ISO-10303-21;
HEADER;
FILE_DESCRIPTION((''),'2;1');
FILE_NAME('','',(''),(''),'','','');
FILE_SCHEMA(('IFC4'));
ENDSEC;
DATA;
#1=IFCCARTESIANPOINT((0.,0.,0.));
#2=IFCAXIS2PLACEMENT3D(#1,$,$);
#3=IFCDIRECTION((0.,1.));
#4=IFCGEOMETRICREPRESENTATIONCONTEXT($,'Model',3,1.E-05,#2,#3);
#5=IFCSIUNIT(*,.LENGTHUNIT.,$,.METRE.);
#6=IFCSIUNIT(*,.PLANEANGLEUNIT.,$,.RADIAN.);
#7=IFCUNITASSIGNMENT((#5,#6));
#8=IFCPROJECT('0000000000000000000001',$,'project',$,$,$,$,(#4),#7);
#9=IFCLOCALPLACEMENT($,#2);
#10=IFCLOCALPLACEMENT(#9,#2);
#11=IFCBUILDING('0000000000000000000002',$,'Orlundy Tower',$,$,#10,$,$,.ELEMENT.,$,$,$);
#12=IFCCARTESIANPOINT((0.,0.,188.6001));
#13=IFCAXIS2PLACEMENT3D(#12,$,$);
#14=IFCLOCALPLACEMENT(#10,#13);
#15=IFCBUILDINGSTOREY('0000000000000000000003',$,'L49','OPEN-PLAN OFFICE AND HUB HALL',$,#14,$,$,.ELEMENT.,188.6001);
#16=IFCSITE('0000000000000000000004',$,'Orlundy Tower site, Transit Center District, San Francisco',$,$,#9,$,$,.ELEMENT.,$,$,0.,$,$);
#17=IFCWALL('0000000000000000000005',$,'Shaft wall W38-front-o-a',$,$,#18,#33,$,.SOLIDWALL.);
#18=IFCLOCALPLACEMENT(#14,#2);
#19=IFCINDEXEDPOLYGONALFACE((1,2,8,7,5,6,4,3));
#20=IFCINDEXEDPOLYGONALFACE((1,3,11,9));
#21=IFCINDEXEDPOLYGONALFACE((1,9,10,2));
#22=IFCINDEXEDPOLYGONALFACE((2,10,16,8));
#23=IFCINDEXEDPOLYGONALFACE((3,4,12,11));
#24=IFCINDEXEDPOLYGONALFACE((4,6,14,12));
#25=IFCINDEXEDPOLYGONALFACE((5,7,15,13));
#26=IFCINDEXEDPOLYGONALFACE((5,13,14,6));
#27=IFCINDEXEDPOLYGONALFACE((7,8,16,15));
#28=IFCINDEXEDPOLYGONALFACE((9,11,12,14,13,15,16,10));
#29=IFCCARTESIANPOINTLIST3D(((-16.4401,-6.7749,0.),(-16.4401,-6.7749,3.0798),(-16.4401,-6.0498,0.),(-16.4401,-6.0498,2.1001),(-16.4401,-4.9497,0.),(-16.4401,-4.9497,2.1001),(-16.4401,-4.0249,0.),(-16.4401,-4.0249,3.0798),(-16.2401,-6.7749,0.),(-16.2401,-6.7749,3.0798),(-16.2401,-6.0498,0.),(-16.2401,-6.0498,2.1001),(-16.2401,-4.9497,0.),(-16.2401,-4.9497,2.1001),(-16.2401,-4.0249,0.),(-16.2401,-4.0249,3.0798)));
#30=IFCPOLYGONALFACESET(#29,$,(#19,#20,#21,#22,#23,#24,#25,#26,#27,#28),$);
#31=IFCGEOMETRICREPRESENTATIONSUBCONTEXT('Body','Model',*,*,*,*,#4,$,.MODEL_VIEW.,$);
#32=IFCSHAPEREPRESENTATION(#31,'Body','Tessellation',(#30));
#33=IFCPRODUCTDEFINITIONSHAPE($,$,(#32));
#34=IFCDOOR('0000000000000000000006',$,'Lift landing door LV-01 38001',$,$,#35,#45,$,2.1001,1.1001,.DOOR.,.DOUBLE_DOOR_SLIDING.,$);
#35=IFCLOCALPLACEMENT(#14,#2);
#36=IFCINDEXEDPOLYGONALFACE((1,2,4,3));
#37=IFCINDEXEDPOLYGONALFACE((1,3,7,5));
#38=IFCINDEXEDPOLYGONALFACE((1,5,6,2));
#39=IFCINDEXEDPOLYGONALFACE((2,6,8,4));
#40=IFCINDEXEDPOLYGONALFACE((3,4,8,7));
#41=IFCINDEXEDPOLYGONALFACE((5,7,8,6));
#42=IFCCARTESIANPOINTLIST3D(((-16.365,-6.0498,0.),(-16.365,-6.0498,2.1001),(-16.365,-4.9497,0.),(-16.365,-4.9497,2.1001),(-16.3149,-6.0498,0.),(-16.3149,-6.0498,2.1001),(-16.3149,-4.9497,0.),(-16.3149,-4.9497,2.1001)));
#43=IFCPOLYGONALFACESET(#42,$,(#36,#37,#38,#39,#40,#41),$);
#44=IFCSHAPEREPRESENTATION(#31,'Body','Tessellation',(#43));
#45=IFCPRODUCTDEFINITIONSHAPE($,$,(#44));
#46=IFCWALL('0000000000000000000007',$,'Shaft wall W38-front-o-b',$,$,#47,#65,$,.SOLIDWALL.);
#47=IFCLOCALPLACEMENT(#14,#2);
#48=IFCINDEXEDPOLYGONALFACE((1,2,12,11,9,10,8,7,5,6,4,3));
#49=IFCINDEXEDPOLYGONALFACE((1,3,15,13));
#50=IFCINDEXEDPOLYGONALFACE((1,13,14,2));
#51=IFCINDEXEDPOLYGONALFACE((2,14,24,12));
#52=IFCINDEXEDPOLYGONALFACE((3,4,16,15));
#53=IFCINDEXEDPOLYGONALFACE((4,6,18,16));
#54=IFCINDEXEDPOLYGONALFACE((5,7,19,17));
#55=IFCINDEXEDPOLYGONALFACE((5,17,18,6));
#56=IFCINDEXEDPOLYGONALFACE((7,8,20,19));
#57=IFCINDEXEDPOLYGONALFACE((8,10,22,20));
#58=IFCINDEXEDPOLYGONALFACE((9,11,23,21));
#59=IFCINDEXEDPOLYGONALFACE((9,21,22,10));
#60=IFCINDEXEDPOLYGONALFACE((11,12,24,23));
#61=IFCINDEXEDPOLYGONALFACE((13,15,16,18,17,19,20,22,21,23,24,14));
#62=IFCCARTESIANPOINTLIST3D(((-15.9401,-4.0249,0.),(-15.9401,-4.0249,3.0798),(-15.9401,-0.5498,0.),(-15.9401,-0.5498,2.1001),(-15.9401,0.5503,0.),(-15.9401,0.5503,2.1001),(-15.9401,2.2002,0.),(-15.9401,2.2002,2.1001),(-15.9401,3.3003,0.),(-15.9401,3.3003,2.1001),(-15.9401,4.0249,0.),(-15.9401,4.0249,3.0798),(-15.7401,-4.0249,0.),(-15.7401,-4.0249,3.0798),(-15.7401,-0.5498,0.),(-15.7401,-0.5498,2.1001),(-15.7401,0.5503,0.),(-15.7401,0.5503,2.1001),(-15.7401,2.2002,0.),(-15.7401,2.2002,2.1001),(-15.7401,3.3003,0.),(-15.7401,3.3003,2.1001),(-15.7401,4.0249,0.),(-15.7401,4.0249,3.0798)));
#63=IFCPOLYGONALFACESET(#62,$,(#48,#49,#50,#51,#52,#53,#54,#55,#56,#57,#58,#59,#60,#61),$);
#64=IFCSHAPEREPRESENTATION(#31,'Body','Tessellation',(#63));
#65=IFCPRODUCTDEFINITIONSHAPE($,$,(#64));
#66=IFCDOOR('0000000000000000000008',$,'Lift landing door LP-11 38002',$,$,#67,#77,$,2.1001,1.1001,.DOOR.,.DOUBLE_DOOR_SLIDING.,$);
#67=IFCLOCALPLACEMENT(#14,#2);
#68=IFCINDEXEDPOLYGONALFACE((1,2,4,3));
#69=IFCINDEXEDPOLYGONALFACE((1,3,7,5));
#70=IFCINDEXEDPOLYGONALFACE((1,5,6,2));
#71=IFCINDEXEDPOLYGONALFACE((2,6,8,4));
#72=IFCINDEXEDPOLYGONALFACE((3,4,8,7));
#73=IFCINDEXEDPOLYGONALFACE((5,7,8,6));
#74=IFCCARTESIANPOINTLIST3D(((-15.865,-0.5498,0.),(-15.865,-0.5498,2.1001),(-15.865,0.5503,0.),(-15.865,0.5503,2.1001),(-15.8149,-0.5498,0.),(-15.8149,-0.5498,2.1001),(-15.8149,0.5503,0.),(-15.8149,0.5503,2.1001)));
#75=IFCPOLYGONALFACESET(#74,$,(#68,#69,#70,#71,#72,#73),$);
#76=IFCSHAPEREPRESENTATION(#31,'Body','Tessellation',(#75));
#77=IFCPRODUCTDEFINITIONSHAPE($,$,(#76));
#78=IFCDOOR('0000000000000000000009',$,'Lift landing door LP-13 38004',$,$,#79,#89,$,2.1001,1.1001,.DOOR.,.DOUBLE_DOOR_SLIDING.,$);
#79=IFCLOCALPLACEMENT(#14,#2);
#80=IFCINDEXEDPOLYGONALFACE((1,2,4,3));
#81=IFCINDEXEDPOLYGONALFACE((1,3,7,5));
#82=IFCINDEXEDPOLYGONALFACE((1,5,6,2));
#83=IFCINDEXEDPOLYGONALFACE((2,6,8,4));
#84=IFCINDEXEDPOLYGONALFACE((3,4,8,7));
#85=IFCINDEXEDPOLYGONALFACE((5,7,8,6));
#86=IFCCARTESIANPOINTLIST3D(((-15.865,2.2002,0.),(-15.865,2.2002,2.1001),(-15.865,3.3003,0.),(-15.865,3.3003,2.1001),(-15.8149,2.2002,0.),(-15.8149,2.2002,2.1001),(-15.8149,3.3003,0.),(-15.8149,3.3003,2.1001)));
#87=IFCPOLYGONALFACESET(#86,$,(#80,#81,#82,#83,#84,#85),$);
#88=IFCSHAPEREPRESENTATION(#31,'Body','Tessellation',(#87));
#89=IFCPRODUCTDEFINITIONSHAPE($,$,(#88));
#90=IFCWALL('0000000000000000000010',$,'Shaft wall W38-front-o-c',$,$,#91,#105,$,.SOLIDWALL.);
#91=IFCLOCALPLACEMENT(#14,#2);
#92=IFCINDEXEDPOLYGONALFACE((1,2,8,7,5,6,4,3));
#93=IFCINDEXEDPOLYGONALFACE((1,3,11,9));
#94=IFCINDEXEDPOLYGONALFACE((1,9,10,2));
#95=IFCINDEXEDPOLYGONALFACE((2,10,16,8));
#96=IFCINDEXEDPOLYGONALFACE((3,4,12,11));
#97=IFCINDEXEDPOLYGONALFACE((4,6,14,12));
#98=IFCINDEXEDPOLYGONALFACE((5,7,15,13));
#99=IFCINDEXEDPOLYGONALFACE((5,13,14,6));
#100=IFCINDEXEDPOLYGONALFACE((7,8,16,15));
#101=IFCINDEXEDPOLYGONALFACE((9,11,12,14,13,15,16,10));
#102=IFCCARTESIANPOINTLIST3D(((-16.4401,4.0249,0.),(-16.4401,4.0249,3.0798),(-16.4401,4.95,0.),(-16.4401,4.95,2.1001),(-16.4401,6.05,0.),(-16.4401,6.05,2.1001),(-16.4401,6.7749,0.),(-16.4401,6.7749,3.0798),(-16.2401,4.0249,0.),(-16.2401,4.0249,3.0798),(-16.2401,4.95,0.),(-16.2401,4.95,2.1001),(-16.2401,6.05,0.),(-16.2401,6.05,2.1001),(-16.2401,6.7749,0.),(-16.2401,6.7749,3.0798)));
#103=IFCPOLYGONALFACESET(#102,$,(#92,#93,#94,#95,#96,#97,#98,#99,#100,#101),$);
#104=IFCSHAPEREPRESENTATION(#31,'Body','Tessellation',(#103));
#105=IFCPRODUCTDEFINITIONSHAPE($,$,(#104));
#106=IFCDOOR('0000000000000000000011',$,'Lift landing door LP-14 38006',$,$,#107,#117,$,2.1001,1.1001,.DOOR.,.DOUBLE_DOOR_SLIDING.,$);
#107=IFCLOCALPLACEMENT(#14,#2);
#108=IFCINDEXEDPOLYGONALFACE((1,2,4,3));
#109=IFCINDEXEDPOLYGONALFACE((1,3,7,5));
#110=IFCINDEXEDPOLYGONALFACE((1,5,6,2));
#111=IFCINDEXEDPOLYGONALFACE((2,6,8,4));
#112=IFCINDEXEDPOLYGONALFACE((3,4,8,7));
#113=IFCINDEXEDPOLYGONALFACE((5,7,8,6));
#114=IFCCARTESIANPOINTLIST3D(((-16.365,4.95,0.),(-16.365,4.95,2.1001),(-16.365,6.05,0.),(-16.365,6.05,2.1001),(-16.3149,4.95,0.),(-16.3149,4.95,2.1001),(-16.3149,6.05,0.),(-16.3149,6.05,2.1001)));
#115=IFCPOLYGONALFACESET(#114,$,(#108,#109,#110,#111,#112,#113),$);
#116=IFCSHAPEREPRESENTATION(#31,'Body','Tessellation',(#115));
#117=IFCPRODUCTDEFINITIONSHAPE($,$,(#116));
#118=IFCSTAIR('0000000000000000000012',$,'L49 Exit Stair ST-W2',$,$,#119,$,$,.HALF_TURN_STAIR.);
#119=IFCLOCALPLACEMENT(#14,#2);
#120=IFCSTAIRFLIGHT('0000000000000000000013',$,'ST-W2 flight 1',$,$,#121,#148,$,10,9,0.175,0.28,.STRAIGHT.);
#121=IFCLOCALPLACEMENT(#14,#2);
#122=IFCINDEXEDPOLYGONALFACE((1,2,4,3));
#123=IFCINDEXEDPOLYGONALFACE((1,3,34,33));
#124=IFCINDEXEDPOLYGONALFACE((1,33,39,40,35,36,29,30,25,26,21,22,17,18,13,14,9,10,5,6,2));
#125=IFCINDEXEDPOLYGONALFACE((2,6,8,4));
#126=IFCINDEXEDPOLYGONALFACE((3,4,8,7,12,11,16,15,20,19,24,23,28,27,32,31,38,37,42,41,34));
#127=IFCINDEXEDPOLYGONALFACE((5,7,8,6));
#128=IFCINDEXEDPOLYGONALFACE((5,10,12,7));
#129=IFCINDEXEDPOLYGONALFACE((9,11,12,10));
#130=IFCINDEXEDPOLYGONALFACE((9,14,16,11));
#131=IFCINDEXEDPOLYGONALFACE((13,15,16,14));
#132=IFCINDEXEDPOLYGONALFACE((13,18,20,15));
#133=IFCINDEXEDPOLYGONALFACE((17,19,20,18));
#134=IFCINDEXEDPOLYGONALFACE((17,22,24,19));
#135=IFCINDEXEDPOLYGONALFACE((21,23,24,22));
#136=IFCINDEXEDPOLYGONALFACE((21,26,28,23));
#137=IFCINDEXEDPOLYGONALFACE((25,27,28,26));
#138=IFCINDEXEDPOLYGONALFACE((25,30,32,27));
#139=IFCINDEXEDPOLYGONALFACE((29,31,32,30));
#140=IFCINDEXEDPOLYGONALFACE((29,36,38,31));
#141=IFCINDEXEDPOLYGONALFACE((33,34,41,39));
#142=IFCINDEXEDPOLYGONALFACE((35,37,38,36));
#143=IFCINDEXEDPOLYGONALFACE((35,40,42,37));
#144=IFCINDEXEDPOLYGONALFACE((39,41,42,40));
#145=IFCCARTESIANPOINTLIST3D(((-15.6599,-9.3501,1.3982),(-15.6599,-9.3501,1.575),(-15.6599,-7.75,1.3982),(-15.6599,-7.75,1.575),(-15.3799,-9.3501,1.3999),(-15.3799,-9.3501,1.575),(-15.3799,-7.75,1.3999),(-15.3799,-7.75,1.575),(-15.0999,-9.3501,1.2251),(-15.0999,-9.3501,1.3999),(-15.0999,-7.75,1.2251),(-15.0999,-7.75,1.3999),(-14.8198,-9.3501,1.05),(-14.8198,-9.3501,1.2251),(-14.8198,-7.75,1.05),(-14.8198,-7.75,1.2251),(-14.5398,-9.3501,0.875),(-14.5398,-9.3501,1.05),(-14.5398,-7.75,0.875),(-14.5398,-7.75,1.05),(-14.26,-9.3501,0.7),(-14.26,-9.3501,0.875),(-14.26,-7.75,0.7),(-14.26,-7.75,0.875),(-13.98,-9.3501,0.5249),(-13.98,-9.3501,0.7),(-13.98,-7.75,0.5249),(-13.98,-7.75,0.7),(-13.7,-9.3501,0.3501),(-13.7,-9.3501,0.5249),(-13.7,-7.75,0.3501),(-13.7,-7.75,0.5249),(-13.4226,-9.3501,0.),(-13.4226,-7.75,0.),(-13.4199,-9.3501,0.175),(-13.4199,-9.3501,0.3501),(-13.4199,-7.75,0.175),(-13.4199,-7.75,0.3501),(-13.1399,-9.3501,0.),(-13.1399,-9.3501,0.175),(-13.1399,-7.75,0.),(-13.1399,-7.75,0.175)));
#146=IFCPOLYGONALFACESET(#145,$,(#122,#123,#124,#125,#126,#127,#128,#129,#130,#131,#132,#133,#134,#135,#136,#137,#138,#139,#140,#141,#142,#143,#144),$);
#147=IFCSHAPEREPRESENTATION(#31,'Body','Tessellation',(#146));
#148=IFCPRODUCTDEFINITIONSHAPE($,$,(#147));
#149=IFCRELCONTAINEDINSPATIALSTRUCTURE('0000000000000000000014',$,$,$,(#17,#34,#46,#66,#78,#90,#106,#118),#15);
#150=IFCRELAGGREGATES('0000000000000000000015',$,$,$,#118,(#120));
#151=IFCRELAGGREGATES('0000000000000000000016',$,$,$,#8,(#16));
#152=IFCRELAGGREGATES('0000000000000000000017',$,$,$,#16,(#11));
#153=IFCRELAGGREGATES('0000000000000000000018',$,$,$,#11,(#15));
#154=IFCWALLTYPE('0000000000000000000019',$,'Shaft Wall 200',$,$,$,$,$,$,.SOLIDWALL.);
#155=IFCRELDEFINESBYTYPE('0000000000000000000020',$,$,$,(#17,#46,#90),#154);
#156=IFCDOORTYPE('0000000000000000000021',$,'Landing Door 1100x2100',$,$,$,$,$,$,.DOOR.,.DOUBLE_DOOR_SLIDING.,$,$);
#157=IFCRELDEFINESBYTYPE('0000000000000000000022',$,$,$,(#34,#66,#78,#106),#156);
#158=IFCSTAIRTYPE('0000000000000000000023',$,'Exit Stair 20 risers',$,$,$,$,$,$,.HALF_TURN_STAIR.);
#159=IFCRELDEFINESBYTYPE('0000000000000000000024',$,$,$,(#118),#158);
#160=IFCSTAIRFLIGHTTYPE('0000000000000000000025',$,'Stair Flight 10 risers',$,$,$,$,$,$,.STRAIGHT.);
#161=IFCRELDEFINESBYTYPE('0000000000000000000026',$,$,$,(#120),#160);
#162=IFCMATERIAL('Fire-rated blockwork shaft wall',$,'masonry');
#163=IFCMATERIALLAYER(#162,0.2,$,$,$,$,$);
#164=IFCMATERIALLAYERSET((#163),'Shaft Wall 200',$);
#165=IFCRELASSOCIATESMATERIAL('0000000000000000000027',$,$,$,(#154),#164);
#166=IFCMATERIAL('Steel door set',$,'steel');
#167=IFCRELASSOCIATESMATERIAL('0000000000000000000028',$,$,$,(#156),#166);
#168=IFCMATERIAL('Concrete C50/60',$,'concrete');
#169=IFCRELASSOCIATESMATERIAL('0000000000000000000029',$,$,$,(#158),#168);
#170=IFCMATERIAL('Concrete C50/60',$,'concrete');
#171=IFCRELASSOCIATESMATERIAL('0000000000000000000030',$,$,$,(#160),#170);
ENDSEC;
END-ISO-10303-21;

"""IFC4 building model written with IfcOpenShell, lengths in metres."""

from ifc_helpers import new_model, si_unit, direction, frame, frame_2d, origin, place, context, subcontext, project, spatial, polyline, rectangle, outline, extrude, material, layer, layer_set, type_object, element, fill, aggregate, save


model = new_model("IFC4")

# Units and contexts
model_context = context("Model", 3, precision=1e-05, world=origin(), true_north=direction((0.0, 1.0)))
body_context = subcontext(model_context, "Body", "Model", "MODEL_VIEW")
ifc_project = project(units=[si_unit("LENGTHUNIT", "METRE"), si_unit("PLANEANGLEUNIT", "RADIAN")], contexts=[model_context])

# Site, building, storey
site_placement = place(None, origin())
site = spatial("IfcSite", under=ifc_project, at=site_placement, Name="Orlundy Tower site, Transit Center District, San Francisco", CompositionType="ELEMENT", RefElevation=0.0)
building_placement = place(site_placement, origin())
building = spatial("IfcBuilding", under=site, at=building_placement, Name="Orlundy Tower", CompositionType="ELEMENT")
storey_placement = place(building_placement, frame((0.0, 0.0, 188.6001)))
storey = spatial("IfcBuildingStorey", under=building, at=storey_placement, Name="L49", Description="OPEN-PLAN OFFICE AND HUB HALL", CompositionType="ELEMENT", Elevation=188.6001)

# Shared definitions
ifc_material_1 = material(Name="Fire-rated blockwork shaft wall", Category="masonry")
ifc_layer_1 = layer(ifc_material_1, 0.2)
ifc_layer_set_1 = layer_set([ifc_layer_1], Name="Shaft Wall 200")
wall_type_1 = type_object("IfcWallType", Name="Shaft Wall 200", PredefinedType="SOLIDWALL", material=ifc_layer_set_1)

# Wall, opening, door
wall_1_placement = place(storey_placement, frame((-16.3401, -6.7749, 0.0), z_axis=(0.0, 0.0, 1.0), x_axis=(0.0, 1.0, 0.0)))
wall_1 = element("IfcWall", 1, at=wall_1_placement, inside=storey, type_object=wall_type_1, Name="Shaft wall W38-front-o-a", PredefinedType="SOLIDWALL", context=body_context, shape_type="SweptSolid", body=[
    extrude(rectangle(XDim=2.75, YDim=0.2, at=frame_2d((1.375, 0.0))), origin(), (0.0, 0.0, 1.0), 3.0798),
])
opening_1_placement = place(wall_1_placement, frame((0.7251, 0.0, 0.0)))
opening_1 = element("IfcOpeningElement", 2, at=opening_1_placement, cuts=wall_1, PredefinedType="OPENING", context=body_context, shape_type="SweptSolid", body=[
    extrude(rectangle(XDim=1.1001, YDim=2.1001, at=frame_2d((0.55, 1.05))), frame((0.0, 0.1101, 0.0), z_axis=(0.0, -1.0, 0.0), x_axis=(1.0, 0.0, 0.0)), (0.0, 0.0, 1.0), 0.2202),
])
ifc_material_2 = material(Name="Steel door set", Category="steel")
door_type_1 = type_object("IfcDoorType", Name="Landing Door 1100x2100", OperationType="DOUBLE_DOOR_SLIDING", PredefinedType="DOOR", material=ifc_material_2)
door_1_placement = place(opening_1_placement, origin())
door_1 = element("IfcDoor", 3, at=door_1_placement, inside=storey, type_object=door_type_1, Name="Lift landing door LV-01 38001", OperationType="DOUBLE_DOOR_SLIDING", OverallHeight=2.1001, OverallWidth=1.1001, PredefinedType="DOOR", context=body_context, shape_type="SweptSolid", body=[
    extrude(rectangle(XDim=1.1001, YDim=2.1001, at=frame_2d((0.55, 1.05))), frame((0.0, 0.0249, 0.0), z_axis=(0.0, -1.0, 0.0), x_axis=(1.0, 0.0, 0.0)), (0.0, 0.0, 1.0), 0.05),
])
fill(opening_1, door_1)

# Wall, openings, doors
wall_2_placement = place(storey_placement, frame((-15.8401, -4.0249, 0.0), z_axis=(0.0, 0.0, 1.0), x_axis=(0.0, 1.0, 0.0)))
wall_2 = element("IfcWall", 4, at=wall_2_placement, inside=storey, type_object=wall_type_1, Name="Shaft wall W38-front-o-b", PredefinedType="SOLIDWALL", context=body_context, shape_type="SweptSolid", body=[
    extrude(rectangle(XDim=8.0498, YDim=0.2, at=frame_2d((4.0249, 0.0))), origin(), (0.0, 0.0, 1.0), 3.0798),
])
opening_2_placement = place(wall_2_placement, frame((3.4751, 0.0, 0.0)))
opening_2 = element("IfcOpeningElement", 5, at=opening_2_placement, cuts=wall_2, PredefinedType="OPENING", context=body_context, shape_type="SweptSolid", body=[
    extrude(rectangle(XDim=1.1001, YDim=2.1001, at=frame_2d((0.55, 1.05))), frame((0.0, 0.1101, 0.0), z_axis=(0.0, -1.0, 0.0), x_axis=(1.0, 0.0, 0.0)), (0.0, 0.0, 1.0), 0.2202),
])
opening_3_placement = place(wall_2_placement, frame((6.2251, 0.0, 0.0)))
opening_3 = element("IfcOpeningElement", 6, at=opening_3_placement, cuts=wall_2, PredefinedType="OPENING", context=body_context, shape_type="SweptSolid", body=[
    extrude(rectangle(XDim=1.1001, YDim=2.1001, at=frame_2d((0.55, 1.05))), frame((0.0, 0.1101, 0.0), z_axis=(0.0, -1.0, 0.0), x_axis=(1.0, 0.0, 0.0)), (0.0, 0.0, 1.0), 0.2202),
])
door_2_placement = place(opening_2_placement, origin())
door_2 = element("IfcDoor", 7, at=door_2_placement, inside=storey, type_object=door_type_1, Name="Lift landing door LP-11 38002", OperationType="DOUBLE_DOOR_SLIDING", OverallHeight=2.1001, OverallWidth=1.1001, PredefinedType="DOOR", context=body_context, shape_type="SweptSolid", body=[
    extrude(rectangle(XDim=1.1001, YDim=2.1001, at=frame_2d((0.55, 1.05))), frame((0.0, 0.0249, 0.0), z_axis=(0.0, -1.0, 0.0), x_axis=(1.0, 0.0, 0.0)), (0.0, 0.0, 1.0), 0.05),
])
fill(opening_2, door_2)
door_3_placement = place(opening_3_placement, origin())
door_3 = element("IfcDoor", 8, at=door_3_placement, inside=storey, type_object=door_type_1, Name="Lift landing door LP-13 38004", OperationType="DOUBLE_DOOR_SLIDING", OverallHeight=2.1001, OverallWidth=1.1001, PredefinedType="DOOR", context=body_context, shape_type="SweptSolid", body=[
    extrude(rectangle(XDim=1.1001, YDim=2.1001, at=frame_2d((0.55, 1.05))), frame((0.0, 0.0249, 0.0), z_axis=(0.0, -1.0, 0.0), x_axis=(1.0, 0.0, 0.0)), (0.0, 0.0, 1.0), 0.05),
])
fill(opening_3, door_3)

# Wall, opening, door
wall_3_placement = place(storey_placement, frame((-16.3401, 4.0249, 0.0), z_axis=(0.0, 0.0, 1.0), x_axis=(0.0, 1.0, 0.0)))
wall_3 = element("IfcWall", 9, at=wall_3_placement, inside=storey, type_object=wall_type_1, Name="Shaft wall W38-front-o-c", PredefinedType="SOLIDWALL", context=body_context, shape_type="SweptSolid", body=[
    extrude(rectangle(XDim=2.75, YDim=0.2, at=frame_2d((1.375, 0.0))), origin(), (0.0, 0.0, 1.0), 3.0798),
])
opening_4_placement = place(wall_3_placement, frame((0.925, 0.0, 0.0)))
opening_4 = element("IfcOpeningElement", 10, at=opening_4_placement, cuts=wall_3, PredefinedType="OPENING", context=body_context, shape_type="SweptSolid", body=[
    extrude(rectangle(XDim=1.1001, YDim=2.1001, at=frame_2d((0.55, 1.05))), frame((0.0, 0.1101, 0.0), z_axis=(0.0, -1.0, 0.0), x_axis=(1.0, 0.0, 0.0)), (0.0, 0.0, 1.0), 0.2202),
])
door_4_placement = place(opening_4_placement, origin())
door_4 = element("IfcDoor", 11, at=door_4_placement, inside=storey, type_object=door_type_1, Name="Lift landing door LP-14 38006", OperationType="DOUBLE_DOOR_SLIDING", OverallHeight=2.1001, OverallWidth=1.1001, PredefinedType="DOOR", context=body_context, shape_type="SweptSolid", body=[
    extrude(rectangle(XDim=1.1001, YDim=2.1001, at=frame_2d((0.55, 1.05))), frame((0.0, 0.0249, 0.0), z_axis=(0.0, -1.0, 0.0), x_axis=(1.0, 0.0, 0.0)), (0.0, 0.0, 1.0), 0.05),
])
fill(opening_4, door_4)

# Stair, stair flight
ifc_material_3 = material(Name="Concrete C50/60", Category="concrete")
stair_type = type_object("IfcStairType", Name="Exit Stair 20 risers", PredefinedType="HALF_TURN_STAIR", material=ifc_material_3)
stair_placement = place(storey_placement, origin())
stair = element("IfcStair", 12, at=stair_placement, inside=storey, type_object=stair_type, Name="L49 Exit Stair ST-W2", PredefinedType="HALF_TURN_STAIR")
ifc_material_4 = material(Name="Concrete C50/60", Category="concrete")
stair_flight_type = type_object("IfcStairFlightType", Name="Stair Flight 10 risers", PredefinedType="STRAIGHT", material=ifc_material_4)
stair_flight_1_placement = place(storey_placement, frame((-13.1399, -8.55, 0.0), z_axis=(0.0, 0.0, 1.0), x_axis=(-1.0, 0.0, 0.0)))
stair_flight_1 = element("IfcStairFlight", 13, at=stair_flight_1_placement, type_object=stair_flight_type, Name="ST-W2 flight 1", NumberOfRisers=10, NumberOfTreads=9, PredefinedType="STRAIGHT", RiserHeight=0.175, TreadLength=0.28, context=body_context, shape_type="SweptSolid", body=[
    extrude(outline(polyline([(0.0, 0.0), (0.0, 0.175), (0.28, 0.175), (0.28, 0.3501), (0.5601, 0.3501), (0.5601, 0.5249), (0.8401, 0.5249), (0.8401, 0.7), (1.1201, 0.7), (1.1201, 0.875), (1.3999, 0.875), (1.3999, 1.05), (1.6799, 1.05), (1.6799, 1.2251), (1.96, 1.2251), (1.96, 1.3999), (2.24, 1.3999), (2.24, 1.575), (2.52, 1.575), (2.52, 1.75), (2.52, 1.3982), (0.2827, 0.0), (0.0, 0.0)])), frame((0.0, 0.8, 0.0), z_axis=(0.0, -1.0, 0.0), x_axis=(1.0, 0.0, 0.0)), (0.0, 0.0, 1.0), 1.6001),
])
aggregate(stair, [stair_flight_1])

save(model, "model.ifc")
